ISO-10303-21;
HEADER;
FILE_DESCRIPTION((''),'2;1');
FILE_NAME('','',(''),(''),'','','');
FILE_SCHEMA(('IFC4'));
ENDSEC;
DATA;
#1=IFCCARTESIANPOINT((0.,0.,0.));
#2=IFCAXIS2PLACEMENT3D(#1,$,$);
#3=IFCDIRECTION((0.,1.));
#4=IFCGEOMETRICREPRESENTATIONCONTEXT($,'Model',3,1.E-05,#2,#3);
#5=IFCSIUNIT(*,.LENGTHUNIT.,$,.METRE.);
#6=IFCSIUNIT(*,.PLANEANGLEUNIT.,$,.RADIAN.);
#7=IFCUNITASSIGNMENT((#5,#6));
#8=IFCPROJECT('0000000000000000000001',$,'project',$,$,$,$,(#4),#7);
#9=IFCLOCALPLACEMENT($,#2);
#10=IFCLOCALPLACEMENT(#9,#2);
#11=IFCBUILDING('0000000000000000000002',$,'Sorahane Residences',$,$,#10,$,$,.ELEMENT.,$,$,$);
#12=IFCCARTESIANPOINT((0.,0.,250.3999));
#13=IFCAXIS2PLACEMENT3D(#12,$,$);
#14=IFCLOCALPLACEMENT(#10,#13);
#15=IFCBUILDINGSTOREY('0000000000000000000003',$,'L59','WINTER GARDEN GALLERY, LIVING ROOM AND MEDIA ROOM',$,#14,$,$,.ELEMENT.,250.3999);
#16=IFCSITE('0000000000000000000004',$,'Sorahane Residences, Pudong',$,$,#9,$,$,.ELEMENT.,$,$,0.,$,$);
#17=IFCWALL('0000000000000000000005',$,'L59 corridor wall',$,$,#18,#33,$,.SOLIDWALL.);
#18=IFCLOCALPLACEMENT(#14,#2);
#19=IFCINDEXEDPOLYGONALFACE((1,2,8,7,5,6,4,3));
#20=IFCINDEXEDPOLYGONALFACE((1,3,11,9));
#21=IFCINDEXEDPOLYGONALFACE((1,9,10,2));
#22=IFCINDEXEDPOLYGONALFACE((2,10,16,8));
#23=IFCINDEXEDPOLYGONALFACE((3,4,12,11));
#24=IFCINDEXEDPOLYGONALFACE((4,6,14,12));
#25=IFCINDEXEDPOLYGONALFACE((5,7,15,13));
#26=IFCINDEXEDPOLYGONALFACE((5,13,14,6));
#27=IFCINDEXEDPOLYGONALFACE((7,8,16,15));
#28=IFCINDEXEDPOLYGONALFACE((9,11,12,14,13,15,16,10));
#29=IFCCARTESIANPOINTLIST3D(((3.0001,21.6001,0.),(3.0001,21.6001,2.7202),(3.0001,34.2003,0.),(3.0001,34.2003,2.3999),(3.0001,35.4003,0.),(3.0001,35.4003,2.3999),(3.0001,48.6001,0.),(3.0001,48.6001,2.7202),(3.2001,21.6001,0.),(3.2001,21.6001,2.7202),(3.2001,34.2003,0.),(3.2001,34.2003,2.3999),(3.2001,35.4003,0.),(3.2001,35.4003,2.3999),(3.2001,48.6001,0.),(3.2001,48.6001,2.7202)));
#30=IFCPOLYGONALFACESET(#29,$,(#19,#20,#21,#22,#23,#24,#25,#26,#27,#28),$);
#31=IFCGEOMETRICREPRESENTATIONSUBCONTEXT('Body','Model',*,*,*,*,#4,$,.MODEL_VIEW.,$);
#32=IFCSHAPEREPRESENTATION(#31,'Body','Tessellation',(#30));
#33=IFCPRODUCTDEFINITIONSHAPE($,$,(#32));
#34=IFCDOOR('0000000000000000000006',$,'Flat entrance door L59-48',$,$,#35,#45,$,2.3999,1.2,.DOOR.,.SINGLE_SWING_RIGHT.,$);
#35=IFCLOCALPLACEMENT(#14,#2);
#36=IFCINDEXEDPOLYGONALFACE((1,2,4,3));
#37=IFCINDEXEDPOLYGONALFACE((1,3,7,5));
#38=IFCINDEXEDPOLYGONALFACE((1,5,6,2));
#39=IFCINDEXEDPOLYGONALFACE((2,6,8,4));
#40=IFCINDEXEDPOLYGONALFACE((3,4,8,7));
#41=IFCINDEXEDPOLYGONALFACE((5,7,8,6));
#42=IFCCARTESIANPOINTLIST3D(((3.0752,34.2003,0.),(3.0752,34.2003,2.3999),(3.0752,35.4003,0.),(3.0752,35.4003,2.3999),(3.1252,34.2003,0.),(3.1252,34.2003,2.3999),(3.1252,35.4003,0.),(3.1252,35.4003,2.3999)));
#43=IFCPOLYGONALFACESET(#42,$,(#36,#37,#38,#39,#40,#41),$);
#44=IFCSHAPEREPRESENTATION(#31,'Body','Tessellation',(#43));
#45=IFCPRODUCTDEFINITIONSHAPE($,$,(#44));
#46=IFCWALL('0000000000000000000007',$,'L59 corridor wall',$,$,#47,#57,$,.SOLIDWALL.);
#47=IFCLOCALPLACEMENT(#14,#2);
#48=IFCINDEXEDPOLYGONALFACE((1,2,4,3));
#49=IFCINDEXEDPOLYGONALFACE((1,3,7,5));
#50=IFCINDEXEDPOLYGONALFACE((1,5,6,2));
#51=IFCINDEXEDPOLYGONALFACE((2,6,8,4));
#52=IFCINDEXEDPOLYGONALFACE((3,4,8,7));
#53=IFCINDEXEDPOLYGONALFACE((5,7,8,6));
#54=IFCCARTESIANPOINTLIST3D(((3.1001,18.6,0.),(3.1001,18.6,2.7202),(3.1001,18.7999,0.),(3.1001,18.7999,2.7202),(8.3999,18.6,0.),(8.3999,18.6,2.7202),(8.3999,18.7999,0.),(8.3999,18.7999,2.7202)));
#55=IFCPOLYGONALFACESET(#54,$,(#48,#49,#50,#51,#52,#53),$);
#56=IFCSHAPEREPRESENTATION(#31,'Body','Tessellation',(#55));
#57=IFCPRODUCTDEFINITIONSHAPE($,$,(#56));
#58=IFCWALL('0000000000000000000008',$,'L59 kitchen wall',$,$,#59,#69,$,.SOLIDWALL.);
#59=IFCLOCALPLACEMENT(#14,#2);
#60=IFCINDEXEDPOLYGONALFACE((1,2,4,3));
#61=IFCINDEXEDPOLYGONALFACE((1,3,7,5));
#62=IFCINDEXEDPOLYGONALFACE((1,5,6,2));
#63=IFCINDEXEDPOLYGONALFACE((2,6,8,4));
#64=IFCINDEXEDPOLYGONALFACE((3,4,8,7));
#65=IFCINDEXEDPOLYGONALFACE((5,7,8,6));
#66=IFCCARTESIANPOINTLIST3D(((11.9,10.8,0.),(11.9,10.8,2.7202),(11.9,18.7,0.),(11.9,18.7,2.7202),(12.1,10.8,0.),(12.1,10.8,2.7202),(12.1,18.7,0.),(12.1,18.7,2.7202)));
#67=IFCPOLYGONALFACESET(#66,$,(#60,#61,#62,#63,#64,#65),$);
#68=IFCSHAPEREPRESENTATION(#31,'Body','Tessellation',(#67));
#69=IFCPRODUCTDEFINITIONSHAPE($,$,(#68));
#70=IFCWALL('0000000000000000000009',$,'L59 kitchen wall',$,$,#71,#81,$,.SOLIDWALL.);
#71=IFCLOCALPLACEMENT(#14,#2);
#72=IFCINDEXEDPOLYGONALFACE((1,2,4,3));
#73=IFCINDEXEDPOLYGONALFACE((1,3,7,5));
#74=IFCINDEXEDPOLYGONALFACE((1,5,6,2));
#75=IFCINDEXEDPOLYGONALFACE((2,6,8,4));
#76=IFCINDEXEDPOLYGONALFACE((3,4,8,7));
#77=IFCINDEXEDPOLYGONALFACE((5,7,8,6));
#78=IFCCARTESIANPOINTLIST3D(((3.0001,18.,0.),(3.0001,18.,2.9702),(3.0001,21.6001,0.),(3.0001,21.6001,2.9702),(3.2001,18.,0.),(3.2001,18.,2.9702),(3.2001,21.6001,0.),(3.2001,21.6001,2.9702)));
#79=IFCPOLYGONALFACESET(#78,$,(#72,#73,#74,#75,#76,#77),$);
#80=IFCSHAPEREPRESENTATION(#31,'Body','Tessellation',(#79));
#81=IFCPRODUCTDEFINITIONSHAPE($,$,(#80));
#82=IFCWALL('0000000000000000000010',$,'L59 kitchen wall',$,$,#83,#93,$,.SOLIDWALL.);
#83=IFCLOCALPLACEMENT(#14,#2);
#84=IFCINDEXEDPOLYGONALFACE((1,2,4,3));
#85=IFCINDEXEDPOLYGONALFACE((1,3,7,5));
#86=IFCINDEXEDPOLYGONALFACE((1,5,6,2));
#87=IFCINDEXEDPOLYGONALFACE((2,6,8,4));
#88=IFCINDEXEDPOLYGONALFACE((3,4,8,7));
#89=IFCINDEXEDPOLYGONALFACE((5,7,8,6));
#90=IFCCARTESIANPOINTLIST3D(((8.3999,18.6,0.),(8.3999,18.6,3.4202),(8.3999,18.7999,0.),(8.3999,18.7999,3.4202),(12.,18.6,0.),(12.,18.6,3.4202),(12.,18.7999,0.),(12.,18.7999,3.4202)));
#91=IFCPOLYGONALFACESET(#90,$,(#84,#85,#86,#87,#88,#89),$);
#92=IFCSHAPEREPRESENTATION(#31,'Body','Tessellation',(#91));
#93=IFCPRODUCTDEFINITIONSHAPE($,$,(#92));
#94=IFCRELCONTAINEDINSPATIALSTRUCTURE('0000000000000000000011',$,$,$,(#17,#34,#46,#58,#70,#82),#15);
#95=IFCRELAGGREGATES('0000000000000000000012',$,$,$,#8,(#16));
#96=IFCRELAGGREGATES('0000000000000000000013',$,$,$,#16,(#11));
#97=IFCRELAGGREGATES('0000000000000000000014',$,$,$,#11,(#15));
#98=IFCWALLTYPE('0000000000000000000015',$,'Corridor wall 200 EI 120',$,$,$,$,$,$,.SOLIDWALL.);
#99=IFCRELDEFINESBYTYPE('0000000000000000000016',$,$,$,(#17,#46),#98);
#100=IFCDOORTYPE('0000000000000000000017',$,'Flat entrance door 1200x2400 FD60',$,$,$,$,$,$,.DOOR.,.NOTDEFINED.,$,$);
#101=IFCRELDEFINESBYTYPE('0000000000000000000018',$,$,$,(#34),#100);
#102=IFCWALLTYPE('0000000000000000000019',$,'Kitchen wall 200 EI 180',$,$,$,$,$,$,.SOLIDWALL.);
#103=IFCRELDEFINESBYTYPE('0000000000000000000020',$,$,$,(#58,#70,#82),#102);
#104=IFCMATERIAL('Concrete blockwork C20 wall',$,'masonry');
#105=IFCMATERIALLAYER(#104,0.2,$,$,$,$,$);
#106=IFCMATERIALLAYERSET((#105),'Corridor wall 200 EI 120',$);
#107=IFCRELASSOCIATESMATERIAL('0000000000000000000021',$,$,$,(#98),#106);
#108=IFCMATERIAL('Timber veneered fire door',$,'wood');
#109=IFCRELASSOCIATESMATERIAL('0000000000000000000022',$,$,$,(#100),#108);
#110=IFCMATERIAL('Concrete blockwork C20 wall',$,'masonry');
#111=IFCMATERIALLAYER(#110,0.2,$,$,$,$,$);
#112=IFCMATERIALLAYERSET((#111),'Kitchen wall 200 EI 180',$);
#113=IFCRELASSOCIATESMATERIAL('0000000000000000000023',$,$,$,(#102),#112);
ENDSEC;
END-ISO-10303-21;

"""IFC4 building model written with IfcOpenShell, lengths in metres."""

from ifc_helpers import new_model, si_unit, direction, frame, frame_2d, origin, place, context, subcontext, project, spatial, rectangle, extrude, material, layer, layer_set, type_object, element, fill, save


model = new_model("IFC4")

# Units and contexts
model_context = context("Model", 3, precision=1e-05, world=origin(), true_north=direction((0.0, 1.0)))
body_context = subcontext(model_context, "Body", "Model", "MODEL_VIEW")
ifc_project = project(units=[si_unit("LENGTHUNIT", "METRE"), si_unit("PLANEANGLEUNIT", "RADIAN")], contexts=[model_context])

# Site, building, storey
site_placement = place(None, origin())
site = spatial("IfcSite", under=ifc_project, at=site_placement, Name="Sorahane Residences, Pudong", CompositionType="ELEMENT", RefElevation=0.0)
building_placement = place(site_placement, origin())
building = spatial("IfcBuilding", under=site, at=building_placement, Name="Sorahane Residences", CompositionType="ELEMENT")
storey_placement = place(building_placement, frame((0.0, 0.0, 250.3999)))
storey = spatial("IfcBuildingStorey", under=building, at=storey_placement, Name="L59", Description="WINTER GARDEN GALLERY, LIVING ROOM AND MEDIA ROOM", CompositionType="ELEMENT", Elevation=250.3999)

# Wall, opening, door
ifc_material_1 = material(Name="Concrete blockwork C20 wall", Category="masonry")
ifc_layer_1 = layer(ifc_material_1, 0.2)
ifc_layer_set_1 = layer_set([ifc_layer_1], Name="Corridor wall 200 EI 120")
wall_type_1 = type_object("IfcWallType", Name="Corridor wall 200 EI 120", PredefinedType="SOLIDWALL", material=ifc_layer_set_1)
wall_1_placement = place(storey_placement, frame((3.1001, 21.6001, 0.0), z_axis=(0.0, 0.0, 1.0), x_axis=(0.0, 1.0, 0.0)))
wall_1 = element("IfcWall", 1, at=wall_1_placement, inside=storey, type_object=wall_type_1, Name="L59 corridor wall", PredefinedType="SOLIDWALL", context=body_context, shape_type="SweptSolid", body=[
    extrude(rectangle(XDim=27.0, YDim=0.2, at=frame_2d((13.5, 0.0))), origin(), (0.0, 0.0, 1.0), 2.7202),
])
opening_1_placement = place(wall_1_placement, frame((12.6001, 0.0, 0.0)))
opening_1 = element("IfcOpeningElement", 2, at=opening_1_placement, cuts=wall_1, PredefinedType="OPENING", context=body_context, shape_type="SweptSolid", body=[
    extrude(rectangle(XDim=1.2, YDim=2.3999, at=frame_2d((0.6001, 1.2))), frame((0.0, 0.1099, 0.0), z_axis=(0.0, -1.0, 0.0), x_axis=(1.0, 0.0, 0.0)), (0.0, 0.0, 1.0), 0.22),
])
ifc_material_2 = material(Name="Timber veneered fire door", Category="wood")
door_type_1 = type_object("IfcDoorType", Name="Flat entrance door 1200x2400 FD60", OperationType="NOTDEFINED", PredefinedType="DOOR", material=ifc_material_2)
door_1_placement = place(opening_1_placement, origin())
door_1 = element("IfcDoor", 3, at=door_1_placement, inside=storey, type_object=door_type_1, Name="Flat entrance door L59-48", OperationType="SINGLE_SWING_RIGHT", OverallHeight=2.3999, OverallWidth=1.2, PredefinedType="DOOR", context=body_context, shape_type="SweptSolid", body=[
    extrude(rectangle(XDim=1.2, YDim=2.3999, at=frame_2d((0.6001, 1.2))), frame((0.0, 0.0249, 0.0), z_axis=(0.0, -1.0, 0.0), x_axis=(1.0, 0.0, 0.0)), (0.0, 0.0, 1.0), 0.05),
])
fill(opening_1, door_1)

# Walls
wall_2_placement = place(storey_placement, frame((3.1001, 18.7, 0.0), z_axis=(0.0, 0.0, 1.0), x_axis=(1.0, 0.0, 0.0)))
element("IfcWall", 4, at=wall_2_placement, inside=storey, type_object=wall_type_1, Name="L59 corridor wall", PredefinedType="SOLIDWALL", context=body_context, shape_type="SweptSolid", body=[
    extrude(rectangle(XDim=5.2998, YDim=0.2, at=frame_2d((2.6499, 0.0))), origin(), (0.0, 0.0, 1.0), 2.7202),
])
ifc_material_3 = material(Name="Concrete blockwork C20 wall", Category="masonry")
ifc_layer_2 = layer(ifc_material_3, 0.2)
ifc_layer_set_2 = layer_set([ifc_layer_2], Name="Kitchen wall 200 EI 180")
wall_type_2 = type_object("IfcWallType", Name="Kitchen wall 200 EI 180", PredefinedType="SOLIDWALL", material=ifc_layer_set_2)
wall_3_placement = place(storey_placement, frame((12.0, 10.8, 0.0), z_axis=(0.0, 0.0, 1.0), x_axis=(0.0, 1.0, 0.0)))
element("IfcWall", 5, at=wall_3_placement, inside=storey, type_object=wall_type_2, Name="L59 kitchen wall", PredefinedType="SOLIDWALL", context=body_context, shape_type="SweptSolid", body=[
    extrude(rectangle(XDim=7.8999, YDim=0.2, at=frame_2d((3.95, 0.0))), origin(), (0.0, 0.0, 1.0), 2.7202),
])
wall_4_placement = place(storey_placement, frame((3.1001, 18.0, 0.0), z_axis=(0.0, 0.0, 1.0), x_axis=(0.0, 1.0, 0.0)))
element("IfcWall", 6, at=wall_4_placement, inside=storey, type_object=wall_type_2, Name="L59 kitchen wall", PredefinedType="SOLIDWALL", context=body_context, shape_type="SweptSolid", body=[
    extrude(rectangle(XDim=3.6001, YDim=0.2, at=frame_2d((1.8, 0.0))), origin(), (0.0, 0.0, 1.0), 2.9702),
])

# Wall
wall_5_placement = place(storey_placement, frame((8.3999, 18.7, 0.0), z_axis=(0.0, 0.0, 1.0), x_axis=(1.0, 0.0, 0.0)))
element("IfcWall", 7, at=wall_5_placement, inside=storey, type_object=wall_type_2, Name="L59 kitchen wall", PredefinedType="SOLIDWALL", context=body_context, shape_type="SweptSolid", body=[
    extrude(rectangle(XDim=3.6001, YDim=0.2, at=frame_2d((1.8, 0.0))), origin(), (0.0, 0.0, 1.0), 3.4202),
])

save(model, "model.ifc")
